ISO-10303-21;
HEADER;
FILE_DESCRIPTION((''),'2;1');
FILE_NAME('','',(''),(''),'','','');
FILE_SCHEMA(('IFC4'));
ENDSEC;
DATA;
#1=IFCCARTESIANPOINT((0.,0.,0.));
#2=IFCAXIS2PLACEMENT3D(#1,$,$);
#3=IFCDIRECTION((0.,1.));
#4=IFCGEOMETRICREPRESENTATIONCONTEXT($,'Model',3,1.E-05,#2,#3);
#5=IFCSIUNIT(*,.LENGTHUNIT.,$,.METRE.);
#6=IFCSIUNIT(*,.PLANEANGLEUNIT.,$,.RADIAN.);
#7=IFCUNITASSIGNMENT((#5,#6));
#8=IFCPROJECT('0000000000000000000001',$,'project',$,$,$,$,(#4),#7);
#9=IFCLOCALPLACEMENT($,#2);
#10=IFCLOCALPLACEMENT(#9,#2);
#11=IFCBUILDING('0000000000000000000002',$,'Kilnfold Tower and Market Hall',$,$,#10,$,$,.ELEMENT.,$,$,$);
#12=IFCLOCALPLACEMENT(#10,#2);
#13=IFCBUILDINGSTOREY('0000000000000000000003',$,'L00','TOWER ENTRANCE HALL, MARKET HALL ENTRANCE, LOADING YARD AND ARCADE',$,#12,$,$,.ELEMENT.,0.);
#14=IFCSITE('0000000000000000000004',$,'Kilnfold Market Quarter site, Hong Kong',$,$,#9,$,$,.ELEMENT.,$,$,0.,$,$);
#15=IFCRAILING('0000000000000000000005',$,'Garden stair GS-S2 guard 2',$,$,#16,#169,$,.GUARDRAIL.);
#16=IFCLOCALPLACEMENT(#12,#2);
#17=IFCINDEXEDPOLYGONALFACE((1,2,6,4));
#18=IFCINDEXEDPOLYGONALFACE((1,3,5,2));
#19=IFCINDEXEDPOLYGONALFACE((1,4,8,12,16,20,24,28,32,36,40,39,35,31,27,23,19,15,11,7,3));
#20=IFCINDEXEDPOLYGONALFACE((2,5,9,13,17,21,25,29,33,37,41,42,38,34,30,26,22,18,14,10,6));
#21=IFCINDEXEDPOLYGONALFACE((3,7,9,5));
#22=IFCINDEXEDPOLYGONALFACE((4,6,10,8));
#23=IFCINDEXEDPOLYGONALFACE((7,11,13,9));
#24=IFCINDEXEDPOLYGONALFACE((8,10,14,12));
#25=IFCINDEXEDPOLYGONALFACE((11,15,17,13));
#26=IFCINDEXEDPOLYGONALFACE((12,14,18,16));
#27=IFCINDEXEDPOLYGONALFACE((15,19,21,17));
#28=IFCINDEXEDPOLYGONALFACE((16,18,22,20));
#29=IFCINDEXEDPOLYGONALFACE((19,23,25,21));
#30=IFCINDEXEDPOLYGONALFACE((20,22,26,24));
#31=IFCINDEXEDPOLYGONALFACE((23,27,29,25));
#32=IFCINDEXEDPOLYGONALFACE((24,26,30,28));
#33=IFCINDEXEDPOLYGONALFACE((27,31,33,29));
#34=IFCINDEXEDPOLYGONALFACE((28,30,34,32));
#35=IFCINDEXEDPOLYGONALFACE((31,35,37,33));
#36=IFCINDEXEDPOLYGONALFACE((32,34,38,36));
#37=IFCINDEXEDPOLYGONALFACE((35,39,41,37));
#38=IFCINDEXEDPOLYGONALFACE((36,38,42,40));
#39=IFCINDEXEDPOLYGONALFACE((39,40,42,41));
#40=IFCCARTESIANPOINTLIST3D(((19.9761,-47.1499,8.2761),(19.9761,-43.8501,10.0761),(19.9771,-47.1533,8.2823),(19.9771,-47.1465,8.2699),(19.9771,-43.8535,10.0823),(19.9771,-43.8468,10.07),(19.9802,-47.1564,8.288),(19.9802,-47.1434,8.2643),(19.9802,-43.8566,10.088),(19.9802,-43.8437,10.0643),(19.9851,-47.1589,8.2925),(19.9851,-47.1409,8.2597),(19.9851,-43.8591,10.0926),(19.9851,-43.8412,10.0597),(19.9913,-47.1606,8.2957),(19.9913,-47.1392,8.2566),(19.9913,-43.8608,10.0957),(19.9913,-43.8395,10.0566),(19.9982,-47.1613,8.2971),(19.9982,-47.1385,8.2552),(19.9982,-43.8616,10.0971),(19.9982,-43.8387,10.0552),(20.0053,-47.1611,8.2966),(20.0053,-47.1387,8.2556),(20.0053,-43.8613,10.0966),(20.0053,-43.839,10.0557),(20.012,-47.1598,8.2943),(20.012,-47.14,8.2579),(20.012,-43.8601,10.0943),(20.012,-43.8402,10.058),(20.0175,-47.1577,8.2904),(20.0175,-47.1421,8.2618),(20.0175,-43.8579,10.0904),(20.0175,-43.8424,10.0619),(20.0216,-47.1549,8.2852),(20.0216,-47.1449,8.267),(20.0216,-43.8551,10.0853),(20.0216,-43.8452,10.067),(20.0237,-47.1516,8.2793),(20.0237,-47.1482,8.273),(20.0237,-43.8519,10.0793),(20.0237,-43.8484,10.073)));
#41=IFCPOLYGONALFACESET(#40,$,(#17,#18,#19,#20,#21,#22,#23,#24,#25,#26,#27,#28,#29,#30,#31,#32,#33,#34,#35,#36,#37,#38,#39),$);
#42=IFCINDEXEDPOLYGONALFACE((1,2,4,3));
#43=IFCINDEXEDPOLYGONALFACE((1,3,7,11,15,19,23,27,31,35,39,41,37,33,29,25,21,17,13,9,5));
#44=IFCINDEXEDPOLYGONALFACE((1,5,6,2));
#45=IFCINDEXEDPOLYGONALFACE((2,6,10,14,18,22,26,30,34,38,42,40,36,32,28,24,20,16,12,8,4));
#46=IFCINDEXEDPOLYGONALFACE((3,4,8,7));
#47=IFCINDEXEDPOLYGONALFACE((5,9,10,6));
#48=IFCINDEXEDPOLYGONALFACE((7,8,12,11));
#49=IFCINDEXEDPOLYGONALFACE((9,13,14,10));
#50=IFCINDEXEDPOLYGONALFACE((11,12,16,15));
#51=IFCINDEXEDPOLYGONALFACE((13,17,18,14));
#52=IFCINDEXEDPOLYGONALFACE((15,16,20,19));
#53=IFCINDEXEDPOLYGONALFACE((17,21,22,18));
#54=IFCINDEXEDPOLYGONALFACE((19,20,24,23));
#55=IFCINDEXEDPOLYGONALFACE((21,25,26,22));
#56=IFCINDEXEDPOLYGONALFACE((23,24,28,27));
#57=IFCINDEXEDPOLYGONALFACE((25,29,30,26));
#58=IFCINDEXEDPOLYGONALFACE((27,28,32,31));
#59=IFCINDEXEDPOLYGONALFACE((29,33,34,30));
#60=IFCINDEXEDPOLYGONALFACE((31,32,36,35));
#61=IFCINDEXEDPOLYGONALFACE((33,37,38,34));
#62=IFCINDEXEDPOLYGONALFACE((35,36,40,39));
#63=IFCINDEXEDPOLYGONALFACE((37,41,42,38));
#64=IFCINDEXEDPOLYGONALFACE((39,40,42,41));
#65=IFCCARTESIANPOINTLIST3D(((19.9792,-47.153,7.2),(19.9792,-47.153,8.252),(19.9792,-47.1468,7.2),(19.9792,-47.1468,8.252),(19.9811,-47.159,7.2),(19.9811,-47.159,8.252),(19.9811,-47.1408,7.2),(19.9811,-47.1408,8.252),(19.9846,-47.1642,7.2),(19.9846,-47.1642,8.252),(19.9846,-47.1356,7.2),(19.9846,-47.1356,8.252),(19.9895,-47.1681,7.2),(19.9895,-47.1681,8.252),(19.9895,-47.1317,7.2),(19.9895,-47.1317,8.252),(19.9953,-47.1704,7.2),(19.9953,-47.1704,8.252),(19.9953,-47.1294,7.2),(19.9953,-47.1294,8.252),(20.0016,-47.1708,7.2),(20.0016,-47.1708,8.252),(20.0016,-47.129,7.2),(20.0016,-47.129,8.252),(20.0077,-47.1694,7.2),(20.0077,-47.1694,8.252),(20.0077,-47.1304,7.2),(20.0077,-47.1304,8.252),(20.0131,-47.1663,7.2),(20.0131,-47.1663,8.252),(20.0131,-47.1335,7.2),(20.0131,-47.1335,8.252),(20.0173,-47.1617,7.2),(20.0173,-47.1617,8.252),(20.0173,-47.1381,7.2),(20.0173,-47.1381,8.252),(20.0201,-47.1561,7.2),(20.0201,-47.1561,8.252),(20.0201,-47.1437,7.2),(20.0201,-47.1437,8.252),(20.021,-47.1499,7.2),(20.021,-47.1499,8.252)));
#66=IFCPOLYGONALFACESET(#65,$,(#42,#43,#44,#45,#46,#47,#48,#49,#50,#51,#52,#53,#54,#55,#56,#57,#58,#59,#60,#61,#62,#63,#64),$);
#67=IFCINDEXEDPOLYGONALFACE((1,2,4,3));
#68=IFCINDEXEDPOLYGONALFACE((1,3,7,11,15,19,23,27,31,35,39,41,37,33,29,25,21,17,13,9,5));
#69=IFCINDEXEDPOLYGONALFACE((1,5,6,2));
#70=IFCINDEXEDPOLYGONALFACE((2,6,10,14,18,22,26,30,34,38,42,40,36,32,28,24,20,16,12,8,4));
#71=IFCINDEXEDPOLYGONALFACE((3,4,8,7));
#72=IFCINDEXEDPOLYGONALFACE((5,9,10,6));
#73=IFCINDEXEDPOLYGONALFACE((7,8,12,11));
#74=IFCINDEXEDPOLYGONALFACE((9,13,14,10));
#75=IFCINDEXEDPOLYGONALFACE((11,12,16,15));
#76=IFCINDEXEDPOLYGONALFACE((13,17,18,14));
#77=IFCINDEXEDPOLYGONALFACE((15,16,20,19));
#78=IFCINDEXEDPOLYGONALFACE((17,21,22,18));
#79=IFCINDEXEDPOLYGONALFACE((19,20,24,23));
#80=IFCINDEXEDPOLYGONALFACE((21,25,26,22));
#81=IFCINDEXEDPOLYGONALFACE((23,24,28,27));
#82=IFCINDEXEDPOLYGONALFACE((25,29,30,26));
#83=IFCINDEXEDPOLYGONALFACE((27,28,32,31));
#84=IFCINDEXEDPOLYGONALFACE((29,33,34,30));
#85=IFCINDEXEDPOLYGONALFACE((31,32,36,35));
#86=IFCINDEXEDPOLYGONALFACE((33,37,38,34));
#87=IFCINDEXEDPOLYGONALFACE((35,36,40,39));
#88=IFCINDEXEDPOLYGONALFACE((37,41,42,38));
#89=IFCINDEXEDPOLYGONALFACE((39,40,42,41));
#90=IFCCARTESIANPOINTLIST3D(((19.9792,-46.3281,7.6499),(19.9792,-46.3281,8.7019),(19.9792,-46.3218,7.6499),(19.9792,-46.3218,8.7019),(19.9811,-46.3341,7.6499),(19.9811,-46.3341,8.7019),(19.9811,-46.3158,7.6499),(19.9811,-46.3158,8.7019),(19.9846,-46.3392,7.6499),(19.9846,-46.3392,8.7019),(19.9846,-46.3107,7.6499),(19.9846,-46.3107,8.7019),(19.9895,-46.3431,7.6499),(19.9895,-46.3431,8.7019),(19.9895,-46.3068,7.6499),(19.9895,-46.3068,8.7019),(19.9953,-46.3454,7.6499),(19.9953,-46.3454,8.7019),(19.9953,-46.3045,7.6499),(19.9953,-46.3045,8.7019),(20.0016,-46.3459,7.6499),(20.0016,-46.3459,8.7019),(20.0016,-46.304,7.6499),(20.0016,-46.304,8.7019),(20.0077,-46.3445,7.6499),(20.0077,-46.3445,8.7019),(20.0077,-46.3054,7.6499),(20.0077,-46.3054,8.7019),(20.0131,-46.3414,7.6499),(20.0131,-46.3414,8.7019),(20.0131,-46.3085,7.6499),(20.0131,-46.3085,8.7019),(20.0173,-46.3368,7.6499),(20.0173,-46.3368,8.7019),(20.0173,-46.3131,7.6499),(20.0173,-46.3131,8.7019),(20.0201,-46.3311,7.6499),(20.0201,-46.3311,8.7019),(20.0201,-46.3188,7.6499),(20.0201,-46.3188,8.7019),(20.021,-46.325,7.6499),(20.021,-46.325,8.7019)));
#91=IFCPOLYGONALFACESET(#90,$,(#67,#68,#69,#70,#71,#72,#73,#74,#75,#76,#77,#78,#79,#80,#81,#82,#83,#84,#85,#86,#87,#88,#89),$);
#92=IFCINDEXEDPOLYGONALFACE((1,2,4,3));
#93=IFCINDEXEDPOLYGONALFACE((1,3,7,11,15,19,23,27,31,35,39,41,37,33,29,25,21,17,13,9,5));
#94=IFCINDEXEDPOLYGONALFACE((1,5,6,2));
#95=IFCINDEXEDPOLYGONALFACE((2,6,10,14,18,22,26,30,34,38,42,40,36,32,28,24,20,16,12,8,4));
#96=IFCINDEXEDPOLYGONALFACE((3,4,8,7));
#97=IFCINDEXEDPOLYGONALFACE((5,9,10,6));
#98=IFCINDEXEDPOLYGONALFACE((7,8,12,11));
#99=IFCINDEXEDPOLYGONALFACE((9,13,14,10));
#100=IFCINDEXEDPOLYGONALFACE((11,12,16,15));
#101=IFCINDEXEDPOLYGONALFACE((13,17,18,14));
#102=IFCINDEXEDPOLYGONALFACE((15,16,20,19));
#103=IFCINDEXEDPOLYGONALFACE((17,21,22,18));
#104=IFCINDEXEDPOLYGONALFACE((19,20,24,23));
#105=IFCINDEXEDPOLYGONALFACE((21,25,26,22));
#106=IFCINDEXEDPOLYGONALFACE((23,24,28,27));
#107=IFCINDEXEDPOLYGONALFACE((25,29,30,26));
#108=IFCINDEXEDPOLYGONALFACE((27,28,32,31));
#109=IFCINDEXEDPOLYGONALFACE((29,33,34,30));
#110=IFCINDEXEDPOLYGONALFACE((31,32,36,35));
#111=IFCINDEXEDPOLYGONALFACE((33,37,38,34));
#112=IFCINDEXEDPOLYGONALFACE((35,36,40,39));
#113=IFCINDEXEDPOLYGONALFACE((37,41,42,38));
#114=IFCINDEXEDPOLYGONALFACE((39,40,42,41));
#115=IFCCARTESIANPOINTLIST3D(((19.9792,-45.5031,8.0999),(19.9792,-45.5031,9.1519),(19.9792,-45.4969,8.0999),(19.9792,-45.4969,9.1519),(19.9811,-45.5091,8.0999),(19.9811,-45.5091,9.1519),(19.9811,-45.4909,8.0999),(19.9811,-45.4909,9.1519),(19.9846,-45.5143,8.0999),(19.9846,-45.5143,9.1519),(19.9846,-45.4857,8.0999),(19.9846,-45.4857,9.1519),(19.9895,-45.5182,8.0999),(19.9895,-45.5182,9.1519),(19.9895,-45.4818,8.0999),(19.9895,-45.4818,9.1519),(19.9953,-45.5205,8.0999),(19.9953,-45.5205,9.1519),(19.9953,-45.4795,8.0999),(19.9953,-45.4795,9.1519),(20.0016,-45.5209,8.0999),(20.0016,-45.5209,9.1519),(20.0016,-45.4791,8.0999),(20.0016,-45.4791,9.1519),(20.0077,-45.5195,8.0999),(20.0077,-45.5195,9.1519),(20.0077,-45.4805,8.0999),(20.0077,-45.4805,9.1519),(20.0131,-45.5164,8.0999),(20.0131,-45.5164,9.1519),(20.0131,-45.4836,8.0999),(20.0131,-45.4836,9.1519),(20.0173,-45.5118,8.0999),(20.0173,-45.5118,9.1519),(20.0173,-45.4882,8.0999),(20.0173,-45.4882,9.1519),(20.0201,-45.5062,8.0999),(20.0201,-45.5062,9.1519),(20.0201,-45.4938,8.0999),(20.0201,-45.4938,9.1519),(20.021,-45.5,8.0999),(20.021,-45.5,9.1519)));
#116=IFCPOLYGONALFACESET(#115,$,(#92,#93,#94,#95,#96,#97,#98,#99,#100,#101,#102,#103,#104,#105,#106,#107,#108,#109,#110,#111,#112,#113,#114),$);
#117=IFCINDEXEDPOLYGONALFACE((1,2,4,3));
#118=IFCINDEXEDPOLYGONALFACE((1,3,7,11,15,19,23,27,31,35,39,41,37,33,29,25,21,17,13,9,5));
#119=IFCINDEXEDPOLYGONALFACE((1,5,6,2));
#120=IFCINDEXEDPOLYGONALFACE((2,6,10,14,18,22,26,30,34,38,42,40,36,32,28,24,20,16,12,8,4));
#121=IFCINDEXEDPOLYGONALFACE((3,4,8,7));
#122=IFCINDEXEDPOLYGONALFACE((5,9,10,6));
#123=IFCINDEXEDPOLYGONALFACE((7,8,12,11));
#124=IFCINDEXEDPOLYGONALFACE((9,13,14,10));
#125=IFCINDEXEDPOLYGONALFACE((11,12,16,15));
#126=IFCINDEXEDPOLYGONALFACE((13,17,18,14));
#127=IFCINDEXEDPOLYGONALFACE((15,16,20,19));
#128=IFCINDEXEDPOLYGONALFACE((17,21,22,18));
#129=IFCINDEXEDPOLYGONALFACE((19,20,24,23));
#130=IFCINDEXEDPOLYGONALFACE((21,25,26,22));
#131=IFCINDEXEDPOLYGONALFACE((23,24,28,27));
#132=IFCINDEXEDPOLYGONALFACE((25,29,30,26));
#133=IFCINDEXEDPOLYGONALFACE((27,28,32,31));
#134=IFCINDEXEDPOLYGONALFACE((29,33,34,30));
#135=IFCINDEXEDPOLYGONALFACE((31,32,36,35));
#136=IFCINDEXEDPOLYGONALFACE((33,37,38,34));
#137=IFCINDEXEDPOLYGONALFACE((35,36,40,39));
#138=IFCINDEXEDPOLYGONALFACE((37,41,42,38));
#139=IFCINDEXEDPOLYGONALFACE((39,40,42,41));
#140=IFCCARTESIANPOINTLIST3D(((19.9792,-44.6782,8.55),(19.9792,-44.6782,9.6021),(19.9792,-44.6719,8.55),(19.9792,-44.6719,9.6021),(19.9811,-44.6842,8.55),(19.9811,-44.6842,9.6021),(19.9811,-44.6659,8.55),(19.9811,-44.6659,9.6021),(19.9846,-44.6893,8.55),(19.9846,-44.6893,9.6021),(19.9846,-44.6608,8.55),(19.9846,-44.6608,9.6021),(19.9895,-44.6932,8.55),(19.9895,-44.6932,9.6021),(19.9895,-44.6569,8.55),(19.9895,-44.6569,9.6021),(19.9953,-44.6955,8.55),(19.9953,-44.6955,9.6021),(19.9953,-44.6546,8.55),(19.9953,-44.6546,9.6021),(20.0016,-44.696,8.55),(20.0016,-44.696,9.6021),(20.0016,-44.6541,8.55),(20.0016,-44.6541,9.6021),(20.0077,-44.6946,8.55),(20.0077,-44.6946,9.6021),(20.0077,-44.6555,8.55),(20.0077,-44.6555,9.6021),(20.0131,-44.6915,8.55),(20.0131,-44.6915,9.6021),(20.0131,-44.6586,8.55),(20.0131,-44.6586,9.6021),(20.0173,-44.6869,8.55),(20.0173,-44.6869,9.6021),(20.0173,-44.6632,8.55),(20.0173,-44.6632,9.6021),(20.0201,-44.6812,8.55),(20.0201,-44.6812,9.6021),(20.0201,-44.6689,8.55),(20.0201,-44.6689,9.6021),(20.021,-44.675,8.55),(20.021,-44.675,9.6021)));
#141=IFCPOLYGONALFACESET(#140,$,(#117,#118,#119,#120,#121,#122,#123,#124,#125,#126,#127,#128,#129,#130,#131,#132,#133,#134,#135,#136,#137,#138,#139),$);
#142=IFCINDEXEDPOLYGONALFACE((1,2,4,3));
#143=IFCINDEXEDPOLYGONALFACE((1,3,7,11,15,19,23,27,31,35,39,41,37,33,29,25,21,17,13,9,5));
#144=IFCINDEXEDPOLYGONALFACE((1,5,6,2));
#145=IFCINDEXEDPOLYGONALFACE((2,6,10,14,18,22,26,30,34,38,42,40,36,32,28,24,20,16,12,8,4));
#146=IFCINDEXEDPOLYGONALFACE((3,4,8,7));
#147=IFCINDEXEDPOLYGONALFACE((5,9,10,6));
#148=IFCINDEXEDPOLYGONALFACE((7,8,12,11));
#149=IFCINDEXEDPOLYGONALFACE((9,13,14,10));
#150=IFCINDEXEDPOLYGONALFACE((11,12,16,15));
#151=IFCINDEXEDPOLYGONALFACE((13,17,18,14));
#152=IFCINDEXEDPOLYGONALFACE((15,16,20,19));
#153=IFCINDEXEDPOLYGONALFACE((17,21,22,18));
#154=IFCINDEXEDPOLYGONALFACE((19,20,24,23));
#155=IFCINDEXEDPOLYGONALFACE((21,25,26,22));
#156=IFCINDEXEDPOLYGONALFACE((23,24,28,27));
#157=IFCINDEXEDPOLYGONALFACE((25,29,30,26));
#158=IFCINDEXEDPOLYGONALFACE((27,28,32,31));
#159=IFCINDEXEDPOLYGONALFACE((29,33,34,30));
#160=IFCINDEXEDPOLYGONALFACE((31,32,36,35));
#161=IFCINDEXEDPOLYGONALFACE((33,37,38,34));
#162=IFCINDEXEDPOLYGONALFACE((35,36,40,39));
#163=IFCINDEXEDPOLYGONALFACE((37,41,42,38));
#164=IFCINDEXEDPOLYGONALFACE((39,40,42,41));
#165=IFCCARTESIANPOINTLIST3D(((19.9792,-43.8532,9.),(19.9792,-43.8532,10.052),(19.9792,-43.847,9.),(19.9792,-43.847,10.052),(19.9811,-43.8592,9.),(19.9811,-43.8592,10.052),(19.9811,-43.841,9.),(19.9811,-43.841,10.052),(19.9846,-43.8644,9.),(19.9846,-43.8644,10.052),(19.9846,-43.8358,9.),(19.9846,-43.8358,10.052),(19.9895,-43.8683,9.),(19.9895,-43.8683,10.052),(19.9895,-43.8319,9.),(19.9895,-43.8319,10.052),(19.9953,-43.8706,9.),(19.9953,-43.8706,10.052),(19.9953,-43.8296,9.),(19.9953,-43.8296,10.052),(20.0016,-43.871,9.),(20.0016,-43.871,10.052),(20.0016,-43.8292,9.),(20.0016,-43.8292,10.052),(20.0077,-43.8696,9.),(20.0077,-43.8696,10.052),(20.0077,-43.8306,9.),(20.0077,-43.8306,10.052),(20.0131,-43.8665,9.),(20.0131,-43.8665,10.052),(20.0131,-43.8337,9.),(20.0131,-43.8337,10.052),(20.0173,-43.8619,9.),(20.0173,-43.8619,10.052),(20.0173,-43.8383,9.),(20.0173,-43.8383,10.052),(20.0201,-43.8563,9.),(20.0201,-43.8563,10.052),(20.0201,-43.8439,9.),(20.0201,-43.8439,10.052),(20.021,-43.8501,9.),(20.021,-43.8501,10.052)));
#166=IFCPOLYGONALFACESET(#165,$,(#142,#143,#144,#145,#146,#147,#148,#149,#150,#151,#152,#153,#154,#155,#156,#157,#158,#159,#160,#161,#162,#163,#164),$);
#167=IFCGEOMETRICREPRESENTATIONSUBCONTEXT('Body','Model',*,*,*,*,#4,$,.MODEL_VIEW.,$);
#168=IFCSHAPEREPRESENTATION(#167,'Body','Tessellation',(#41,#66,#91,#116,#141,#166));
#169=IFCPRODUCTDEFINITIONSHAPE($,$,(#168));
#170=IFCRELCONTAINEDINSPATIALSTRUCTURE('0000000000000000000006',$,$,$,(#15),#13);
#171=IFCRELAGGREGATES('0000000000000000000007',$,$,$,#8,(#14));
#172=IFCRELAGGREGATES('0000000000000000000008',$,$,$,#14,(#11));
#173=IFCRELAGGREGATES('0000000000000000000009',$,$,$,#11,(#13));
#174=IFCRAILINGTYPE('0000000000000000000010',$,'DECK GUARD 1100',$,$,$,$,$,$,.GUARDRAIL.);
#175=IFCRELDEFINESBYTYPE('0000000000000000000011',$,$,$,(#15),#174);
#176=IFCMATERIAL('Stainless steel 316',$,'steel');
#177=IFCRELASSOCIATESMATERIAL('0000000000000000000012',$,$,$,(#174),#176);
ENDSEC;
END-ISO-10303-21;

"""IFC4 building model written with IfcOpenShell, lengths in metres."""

from ifc_helpers import new_model, si_unit, direction, frame, origin, origin_2d, place, context, subcontext, project, spatial, circle, extrude, material, type_object, element, save


model = new_model("IFC4")

# Units and contexts
model_context = context("Model", 3, precision=1e-05, world=origin(), true_north=direction((0.0, 1.0)))
body_context = subcontext(model_context, "Body", "Model", "MODEL_VIEW")
ifc_project = project(units=[si_unit("LENGTHUNIT", "METRE"), si_unit("PLANEANGLEUNIT", "RADIAN")], contexts=[model_context])

# Site, building, storey
site_placement = place(None, origin())
site = spatial("IfcSite", under=ifc_project, at=site_placement, Name="Kilnfold Market Quarter site, Hong Kong", CompositionType="ELEMENT", RefElevation=0.0)
building_placement = place(site_placement, origin())
building = spatial("IfcBuilding", under=site, at=building_placement, Name="Kilnfold Tower and Market Hall", CompositionType="ELEMENT")
storey_placement = place(building_placement, origin())
storey = spatial("IfcBuildingStorey", under=building, at=storey_placement, Name="L00", Description="TOWER ENTRANCE HALL, MARKET HALL ENTRANCE, LOADING YARD AND ARCADE", CompositionType="ELEMENT", Elevation=0.0)

# Railing
ifc_material_1 = material(Name="Stainless steel 316", Category="steel")
railing_type_1 = type_object("IfcRailingType", Name="DECK GUARD 1100", PredefinedType="GUARDRAIL", material=ifc_material_1)
railing_1_placement = place(storey_placement, frame((20.0, -47.1499, 7.2)))
element("IfcRailing", 1, at=railing_1_placement, inside=storey, type_object=railing_type_1, Name="Garden stair GS-S2 guard 2", PredefinedType="GUARDRAIL", context=body_context, shape_type="SweptSolid", body=[
    extrude(circle(Radius=0.0239, at=origin_2d()), frame((0.0, 0.0, 1.0762), z_axis=(0.0, 0.877878, 0.478884), x_axis=(-1.0, 0.0, 0.0)), (0.0, 0.0, 1.0), 3.7588),
    extrude(circle(Radius=0.021, at=origin_2d()), origin(), (0.0, 0.0, 1.0), 1.052),
    extrude(circle(Radius=0.021, at=origin_2d()), frame((0.0, 0.825, 0.45)), (0.0, 0.0, 1.0), 1.052),
    extrude(circle(Radius=0.021, at=origin_2d()), frame((0.0, 1.6499, 0.8999)), (0.0, 0.0, 1.0), 1.052),
    extrude(circle(Radius=0.021, at=origin_2d()), frame((0.0, 2.4749, 1.3501)), (0.0, 0.0, 1.0), 1.052),
    extrude(circle(Radius=0.021, at=origin_2d()), frame((0.0, 3.2998, 1.8)), (0.0, 0.0, 1.0), 1.052),
])

save(model, "model.ifc")
